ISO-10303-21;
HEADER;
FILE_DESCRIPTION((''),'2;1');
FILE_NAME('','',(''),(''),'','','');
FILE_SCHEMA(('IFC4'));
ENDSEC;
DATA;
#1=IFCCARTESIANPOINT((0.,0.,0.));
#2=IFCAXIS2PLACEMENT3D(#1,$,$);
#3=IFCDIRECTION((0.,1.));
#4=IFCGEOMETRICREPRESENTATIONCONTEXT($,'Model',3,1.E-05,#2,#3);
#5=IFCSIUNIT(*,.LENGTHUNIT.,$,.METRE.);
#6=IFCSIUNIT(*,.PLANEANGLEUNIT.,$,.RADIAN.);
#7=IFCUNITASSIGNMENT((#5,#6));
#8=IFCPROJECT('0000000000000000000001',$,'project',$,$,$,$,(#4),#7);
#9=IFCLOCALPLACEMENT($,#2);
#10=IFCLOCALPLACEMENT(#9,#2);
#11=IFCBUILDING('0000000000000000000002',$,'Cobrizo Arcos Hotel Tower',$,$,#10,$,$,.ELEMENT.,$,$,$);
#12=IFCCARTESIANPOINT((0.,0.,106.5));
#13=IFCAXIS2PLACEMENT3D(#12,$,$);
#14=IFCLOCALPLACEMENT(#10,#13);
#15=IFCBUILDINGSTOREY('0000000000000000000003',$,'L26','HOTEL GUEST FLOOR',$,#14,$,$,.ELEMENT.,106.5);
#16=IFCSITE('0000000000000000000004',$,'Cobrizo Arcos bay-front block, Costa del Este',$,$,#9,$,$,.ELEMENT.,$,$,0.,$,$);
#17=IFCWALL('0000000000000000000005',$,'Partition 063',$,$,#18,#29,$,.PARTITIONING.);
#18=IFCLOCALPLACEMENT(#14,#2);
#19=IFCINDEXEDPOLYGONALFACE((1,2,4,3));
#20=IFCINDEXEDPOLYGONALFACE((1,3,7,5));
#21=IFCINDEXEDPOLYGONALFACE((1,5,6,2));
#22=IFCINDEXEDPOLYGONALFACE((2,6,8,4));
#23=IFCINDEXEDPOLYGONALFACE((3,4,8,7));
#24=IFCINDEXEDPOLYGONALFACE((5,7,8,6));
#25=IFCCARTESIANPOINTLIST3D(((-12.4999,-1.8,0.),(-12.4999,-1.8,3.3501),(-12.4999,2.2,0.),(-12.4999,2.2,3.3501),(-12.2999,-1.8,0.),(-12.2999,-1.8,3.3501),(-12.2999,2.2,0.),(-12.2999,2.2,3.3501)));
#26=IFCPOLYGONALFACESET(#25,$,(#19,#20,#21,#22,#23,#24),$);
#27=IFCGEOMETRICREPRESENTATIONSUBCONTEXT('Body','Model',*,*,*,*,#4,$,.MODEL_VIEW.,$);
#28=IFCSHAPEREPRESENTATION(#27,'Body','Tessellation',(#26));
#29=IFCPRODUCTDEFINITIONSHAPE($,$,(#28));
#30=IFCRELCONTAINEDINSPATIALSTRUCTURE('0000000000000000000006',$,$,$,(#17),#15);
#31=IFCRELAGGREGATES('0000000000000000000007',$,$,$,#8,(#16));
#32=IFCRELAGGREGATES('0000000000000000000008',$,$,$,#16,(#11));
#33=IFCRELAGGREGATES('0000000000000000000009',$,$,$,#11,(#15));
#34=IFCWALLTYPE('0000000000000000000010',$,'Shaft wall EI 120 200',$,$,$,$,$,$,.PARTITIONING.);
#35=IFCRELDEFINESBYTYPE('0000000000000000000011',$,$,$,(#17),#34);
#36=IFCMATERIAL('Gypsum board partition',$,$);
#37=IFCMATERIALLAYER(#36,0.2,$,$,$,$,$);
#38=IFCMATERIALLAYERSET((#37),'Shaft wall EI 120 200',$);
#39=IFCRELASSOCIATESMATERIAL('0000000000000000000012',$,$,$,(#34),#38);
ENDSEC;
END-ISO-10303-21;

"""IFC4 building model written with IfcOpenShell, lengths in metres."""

from ifc_helpers import new_model, si_unit, direction, frame, frame_2d, origin, place, context, subcontext, project, spatial, rectangle, extrude, material, layer, layer_set, type_object, element, save


model = new_model("IFC4")

# Units and contexts
model_context = context("Model", 3, precision=1e-05, world=origin(), true_north=direction((0.0, 1.0)))
body_context = subcontext(model_context, "Body", "Model", "MODEL_VIEW")
ifc_project = project(units=[si_unit("LENGTHUNIT", "METRE"), si_unit("PLANEANGLEUNIT", "RADIAN")], contexts=[model_context])

# Site, building, storey
site_placement = place(None, origin())
site = spatial("IfcSite", under=ifc_project, at=site_placement, Name="Cobrizo Arcos bay-front block, Costa del Este", CompositionType="ELEMENT", RefElevation=0.0)
building_placement = place(site_placement, origin())
building = spatial("IfcBuilding", under=site, at=building_placement, Name="Cobrizo Arcos Hotel Tower", CompositionType="ELEMENT")
storey_placement = place(building_placement, frame((0.0, 0.0, 106.5)))
storey = spatial("IfcBuildingStorey", under=building, at=storey_placement, Name="L26", Description="HOTEL GUEST FLOOR", CompositionType="ELEMENT", Elevation=106.5)

# Shared definitions
ifc_material_1 = material(Name="Gypsum board partition")

# Wall
ifc_layer_1 = layer(ifc_material_1, 0.2)
ifc_layer_set_1 = layer_set([ifc_layer_1], Name="Shaft wall EI 120 200")
wall_type_1 = type_object("IfcWallType", Name="Shaft wall EI 120 200", PredefinedType="PARTITIONING", material=ifc_layer_set_1)
wall_1_placement = place(storey_placement, frame((-12.3999, -1.8, 0.0), z_axis=(0.0, 0.0, 1.0), x_axis=(0.0, 1.0, 0.0)))
element("IfcWall", 1, at=wall_1_placement, inside=storey, type_object=wall_type_1, Name="Partition 063", PredefinedType="PARTITIONING", context=body_context, shape_type="SweptSolid", body=[
    extrude(rectangle(XDim=4.0, YDim=0.2, at=frame_2d((2.0, 0.0))), origin(), (0.0, 0.0, 1.0), 3.3501),
])

save(model, "model.ifc")
